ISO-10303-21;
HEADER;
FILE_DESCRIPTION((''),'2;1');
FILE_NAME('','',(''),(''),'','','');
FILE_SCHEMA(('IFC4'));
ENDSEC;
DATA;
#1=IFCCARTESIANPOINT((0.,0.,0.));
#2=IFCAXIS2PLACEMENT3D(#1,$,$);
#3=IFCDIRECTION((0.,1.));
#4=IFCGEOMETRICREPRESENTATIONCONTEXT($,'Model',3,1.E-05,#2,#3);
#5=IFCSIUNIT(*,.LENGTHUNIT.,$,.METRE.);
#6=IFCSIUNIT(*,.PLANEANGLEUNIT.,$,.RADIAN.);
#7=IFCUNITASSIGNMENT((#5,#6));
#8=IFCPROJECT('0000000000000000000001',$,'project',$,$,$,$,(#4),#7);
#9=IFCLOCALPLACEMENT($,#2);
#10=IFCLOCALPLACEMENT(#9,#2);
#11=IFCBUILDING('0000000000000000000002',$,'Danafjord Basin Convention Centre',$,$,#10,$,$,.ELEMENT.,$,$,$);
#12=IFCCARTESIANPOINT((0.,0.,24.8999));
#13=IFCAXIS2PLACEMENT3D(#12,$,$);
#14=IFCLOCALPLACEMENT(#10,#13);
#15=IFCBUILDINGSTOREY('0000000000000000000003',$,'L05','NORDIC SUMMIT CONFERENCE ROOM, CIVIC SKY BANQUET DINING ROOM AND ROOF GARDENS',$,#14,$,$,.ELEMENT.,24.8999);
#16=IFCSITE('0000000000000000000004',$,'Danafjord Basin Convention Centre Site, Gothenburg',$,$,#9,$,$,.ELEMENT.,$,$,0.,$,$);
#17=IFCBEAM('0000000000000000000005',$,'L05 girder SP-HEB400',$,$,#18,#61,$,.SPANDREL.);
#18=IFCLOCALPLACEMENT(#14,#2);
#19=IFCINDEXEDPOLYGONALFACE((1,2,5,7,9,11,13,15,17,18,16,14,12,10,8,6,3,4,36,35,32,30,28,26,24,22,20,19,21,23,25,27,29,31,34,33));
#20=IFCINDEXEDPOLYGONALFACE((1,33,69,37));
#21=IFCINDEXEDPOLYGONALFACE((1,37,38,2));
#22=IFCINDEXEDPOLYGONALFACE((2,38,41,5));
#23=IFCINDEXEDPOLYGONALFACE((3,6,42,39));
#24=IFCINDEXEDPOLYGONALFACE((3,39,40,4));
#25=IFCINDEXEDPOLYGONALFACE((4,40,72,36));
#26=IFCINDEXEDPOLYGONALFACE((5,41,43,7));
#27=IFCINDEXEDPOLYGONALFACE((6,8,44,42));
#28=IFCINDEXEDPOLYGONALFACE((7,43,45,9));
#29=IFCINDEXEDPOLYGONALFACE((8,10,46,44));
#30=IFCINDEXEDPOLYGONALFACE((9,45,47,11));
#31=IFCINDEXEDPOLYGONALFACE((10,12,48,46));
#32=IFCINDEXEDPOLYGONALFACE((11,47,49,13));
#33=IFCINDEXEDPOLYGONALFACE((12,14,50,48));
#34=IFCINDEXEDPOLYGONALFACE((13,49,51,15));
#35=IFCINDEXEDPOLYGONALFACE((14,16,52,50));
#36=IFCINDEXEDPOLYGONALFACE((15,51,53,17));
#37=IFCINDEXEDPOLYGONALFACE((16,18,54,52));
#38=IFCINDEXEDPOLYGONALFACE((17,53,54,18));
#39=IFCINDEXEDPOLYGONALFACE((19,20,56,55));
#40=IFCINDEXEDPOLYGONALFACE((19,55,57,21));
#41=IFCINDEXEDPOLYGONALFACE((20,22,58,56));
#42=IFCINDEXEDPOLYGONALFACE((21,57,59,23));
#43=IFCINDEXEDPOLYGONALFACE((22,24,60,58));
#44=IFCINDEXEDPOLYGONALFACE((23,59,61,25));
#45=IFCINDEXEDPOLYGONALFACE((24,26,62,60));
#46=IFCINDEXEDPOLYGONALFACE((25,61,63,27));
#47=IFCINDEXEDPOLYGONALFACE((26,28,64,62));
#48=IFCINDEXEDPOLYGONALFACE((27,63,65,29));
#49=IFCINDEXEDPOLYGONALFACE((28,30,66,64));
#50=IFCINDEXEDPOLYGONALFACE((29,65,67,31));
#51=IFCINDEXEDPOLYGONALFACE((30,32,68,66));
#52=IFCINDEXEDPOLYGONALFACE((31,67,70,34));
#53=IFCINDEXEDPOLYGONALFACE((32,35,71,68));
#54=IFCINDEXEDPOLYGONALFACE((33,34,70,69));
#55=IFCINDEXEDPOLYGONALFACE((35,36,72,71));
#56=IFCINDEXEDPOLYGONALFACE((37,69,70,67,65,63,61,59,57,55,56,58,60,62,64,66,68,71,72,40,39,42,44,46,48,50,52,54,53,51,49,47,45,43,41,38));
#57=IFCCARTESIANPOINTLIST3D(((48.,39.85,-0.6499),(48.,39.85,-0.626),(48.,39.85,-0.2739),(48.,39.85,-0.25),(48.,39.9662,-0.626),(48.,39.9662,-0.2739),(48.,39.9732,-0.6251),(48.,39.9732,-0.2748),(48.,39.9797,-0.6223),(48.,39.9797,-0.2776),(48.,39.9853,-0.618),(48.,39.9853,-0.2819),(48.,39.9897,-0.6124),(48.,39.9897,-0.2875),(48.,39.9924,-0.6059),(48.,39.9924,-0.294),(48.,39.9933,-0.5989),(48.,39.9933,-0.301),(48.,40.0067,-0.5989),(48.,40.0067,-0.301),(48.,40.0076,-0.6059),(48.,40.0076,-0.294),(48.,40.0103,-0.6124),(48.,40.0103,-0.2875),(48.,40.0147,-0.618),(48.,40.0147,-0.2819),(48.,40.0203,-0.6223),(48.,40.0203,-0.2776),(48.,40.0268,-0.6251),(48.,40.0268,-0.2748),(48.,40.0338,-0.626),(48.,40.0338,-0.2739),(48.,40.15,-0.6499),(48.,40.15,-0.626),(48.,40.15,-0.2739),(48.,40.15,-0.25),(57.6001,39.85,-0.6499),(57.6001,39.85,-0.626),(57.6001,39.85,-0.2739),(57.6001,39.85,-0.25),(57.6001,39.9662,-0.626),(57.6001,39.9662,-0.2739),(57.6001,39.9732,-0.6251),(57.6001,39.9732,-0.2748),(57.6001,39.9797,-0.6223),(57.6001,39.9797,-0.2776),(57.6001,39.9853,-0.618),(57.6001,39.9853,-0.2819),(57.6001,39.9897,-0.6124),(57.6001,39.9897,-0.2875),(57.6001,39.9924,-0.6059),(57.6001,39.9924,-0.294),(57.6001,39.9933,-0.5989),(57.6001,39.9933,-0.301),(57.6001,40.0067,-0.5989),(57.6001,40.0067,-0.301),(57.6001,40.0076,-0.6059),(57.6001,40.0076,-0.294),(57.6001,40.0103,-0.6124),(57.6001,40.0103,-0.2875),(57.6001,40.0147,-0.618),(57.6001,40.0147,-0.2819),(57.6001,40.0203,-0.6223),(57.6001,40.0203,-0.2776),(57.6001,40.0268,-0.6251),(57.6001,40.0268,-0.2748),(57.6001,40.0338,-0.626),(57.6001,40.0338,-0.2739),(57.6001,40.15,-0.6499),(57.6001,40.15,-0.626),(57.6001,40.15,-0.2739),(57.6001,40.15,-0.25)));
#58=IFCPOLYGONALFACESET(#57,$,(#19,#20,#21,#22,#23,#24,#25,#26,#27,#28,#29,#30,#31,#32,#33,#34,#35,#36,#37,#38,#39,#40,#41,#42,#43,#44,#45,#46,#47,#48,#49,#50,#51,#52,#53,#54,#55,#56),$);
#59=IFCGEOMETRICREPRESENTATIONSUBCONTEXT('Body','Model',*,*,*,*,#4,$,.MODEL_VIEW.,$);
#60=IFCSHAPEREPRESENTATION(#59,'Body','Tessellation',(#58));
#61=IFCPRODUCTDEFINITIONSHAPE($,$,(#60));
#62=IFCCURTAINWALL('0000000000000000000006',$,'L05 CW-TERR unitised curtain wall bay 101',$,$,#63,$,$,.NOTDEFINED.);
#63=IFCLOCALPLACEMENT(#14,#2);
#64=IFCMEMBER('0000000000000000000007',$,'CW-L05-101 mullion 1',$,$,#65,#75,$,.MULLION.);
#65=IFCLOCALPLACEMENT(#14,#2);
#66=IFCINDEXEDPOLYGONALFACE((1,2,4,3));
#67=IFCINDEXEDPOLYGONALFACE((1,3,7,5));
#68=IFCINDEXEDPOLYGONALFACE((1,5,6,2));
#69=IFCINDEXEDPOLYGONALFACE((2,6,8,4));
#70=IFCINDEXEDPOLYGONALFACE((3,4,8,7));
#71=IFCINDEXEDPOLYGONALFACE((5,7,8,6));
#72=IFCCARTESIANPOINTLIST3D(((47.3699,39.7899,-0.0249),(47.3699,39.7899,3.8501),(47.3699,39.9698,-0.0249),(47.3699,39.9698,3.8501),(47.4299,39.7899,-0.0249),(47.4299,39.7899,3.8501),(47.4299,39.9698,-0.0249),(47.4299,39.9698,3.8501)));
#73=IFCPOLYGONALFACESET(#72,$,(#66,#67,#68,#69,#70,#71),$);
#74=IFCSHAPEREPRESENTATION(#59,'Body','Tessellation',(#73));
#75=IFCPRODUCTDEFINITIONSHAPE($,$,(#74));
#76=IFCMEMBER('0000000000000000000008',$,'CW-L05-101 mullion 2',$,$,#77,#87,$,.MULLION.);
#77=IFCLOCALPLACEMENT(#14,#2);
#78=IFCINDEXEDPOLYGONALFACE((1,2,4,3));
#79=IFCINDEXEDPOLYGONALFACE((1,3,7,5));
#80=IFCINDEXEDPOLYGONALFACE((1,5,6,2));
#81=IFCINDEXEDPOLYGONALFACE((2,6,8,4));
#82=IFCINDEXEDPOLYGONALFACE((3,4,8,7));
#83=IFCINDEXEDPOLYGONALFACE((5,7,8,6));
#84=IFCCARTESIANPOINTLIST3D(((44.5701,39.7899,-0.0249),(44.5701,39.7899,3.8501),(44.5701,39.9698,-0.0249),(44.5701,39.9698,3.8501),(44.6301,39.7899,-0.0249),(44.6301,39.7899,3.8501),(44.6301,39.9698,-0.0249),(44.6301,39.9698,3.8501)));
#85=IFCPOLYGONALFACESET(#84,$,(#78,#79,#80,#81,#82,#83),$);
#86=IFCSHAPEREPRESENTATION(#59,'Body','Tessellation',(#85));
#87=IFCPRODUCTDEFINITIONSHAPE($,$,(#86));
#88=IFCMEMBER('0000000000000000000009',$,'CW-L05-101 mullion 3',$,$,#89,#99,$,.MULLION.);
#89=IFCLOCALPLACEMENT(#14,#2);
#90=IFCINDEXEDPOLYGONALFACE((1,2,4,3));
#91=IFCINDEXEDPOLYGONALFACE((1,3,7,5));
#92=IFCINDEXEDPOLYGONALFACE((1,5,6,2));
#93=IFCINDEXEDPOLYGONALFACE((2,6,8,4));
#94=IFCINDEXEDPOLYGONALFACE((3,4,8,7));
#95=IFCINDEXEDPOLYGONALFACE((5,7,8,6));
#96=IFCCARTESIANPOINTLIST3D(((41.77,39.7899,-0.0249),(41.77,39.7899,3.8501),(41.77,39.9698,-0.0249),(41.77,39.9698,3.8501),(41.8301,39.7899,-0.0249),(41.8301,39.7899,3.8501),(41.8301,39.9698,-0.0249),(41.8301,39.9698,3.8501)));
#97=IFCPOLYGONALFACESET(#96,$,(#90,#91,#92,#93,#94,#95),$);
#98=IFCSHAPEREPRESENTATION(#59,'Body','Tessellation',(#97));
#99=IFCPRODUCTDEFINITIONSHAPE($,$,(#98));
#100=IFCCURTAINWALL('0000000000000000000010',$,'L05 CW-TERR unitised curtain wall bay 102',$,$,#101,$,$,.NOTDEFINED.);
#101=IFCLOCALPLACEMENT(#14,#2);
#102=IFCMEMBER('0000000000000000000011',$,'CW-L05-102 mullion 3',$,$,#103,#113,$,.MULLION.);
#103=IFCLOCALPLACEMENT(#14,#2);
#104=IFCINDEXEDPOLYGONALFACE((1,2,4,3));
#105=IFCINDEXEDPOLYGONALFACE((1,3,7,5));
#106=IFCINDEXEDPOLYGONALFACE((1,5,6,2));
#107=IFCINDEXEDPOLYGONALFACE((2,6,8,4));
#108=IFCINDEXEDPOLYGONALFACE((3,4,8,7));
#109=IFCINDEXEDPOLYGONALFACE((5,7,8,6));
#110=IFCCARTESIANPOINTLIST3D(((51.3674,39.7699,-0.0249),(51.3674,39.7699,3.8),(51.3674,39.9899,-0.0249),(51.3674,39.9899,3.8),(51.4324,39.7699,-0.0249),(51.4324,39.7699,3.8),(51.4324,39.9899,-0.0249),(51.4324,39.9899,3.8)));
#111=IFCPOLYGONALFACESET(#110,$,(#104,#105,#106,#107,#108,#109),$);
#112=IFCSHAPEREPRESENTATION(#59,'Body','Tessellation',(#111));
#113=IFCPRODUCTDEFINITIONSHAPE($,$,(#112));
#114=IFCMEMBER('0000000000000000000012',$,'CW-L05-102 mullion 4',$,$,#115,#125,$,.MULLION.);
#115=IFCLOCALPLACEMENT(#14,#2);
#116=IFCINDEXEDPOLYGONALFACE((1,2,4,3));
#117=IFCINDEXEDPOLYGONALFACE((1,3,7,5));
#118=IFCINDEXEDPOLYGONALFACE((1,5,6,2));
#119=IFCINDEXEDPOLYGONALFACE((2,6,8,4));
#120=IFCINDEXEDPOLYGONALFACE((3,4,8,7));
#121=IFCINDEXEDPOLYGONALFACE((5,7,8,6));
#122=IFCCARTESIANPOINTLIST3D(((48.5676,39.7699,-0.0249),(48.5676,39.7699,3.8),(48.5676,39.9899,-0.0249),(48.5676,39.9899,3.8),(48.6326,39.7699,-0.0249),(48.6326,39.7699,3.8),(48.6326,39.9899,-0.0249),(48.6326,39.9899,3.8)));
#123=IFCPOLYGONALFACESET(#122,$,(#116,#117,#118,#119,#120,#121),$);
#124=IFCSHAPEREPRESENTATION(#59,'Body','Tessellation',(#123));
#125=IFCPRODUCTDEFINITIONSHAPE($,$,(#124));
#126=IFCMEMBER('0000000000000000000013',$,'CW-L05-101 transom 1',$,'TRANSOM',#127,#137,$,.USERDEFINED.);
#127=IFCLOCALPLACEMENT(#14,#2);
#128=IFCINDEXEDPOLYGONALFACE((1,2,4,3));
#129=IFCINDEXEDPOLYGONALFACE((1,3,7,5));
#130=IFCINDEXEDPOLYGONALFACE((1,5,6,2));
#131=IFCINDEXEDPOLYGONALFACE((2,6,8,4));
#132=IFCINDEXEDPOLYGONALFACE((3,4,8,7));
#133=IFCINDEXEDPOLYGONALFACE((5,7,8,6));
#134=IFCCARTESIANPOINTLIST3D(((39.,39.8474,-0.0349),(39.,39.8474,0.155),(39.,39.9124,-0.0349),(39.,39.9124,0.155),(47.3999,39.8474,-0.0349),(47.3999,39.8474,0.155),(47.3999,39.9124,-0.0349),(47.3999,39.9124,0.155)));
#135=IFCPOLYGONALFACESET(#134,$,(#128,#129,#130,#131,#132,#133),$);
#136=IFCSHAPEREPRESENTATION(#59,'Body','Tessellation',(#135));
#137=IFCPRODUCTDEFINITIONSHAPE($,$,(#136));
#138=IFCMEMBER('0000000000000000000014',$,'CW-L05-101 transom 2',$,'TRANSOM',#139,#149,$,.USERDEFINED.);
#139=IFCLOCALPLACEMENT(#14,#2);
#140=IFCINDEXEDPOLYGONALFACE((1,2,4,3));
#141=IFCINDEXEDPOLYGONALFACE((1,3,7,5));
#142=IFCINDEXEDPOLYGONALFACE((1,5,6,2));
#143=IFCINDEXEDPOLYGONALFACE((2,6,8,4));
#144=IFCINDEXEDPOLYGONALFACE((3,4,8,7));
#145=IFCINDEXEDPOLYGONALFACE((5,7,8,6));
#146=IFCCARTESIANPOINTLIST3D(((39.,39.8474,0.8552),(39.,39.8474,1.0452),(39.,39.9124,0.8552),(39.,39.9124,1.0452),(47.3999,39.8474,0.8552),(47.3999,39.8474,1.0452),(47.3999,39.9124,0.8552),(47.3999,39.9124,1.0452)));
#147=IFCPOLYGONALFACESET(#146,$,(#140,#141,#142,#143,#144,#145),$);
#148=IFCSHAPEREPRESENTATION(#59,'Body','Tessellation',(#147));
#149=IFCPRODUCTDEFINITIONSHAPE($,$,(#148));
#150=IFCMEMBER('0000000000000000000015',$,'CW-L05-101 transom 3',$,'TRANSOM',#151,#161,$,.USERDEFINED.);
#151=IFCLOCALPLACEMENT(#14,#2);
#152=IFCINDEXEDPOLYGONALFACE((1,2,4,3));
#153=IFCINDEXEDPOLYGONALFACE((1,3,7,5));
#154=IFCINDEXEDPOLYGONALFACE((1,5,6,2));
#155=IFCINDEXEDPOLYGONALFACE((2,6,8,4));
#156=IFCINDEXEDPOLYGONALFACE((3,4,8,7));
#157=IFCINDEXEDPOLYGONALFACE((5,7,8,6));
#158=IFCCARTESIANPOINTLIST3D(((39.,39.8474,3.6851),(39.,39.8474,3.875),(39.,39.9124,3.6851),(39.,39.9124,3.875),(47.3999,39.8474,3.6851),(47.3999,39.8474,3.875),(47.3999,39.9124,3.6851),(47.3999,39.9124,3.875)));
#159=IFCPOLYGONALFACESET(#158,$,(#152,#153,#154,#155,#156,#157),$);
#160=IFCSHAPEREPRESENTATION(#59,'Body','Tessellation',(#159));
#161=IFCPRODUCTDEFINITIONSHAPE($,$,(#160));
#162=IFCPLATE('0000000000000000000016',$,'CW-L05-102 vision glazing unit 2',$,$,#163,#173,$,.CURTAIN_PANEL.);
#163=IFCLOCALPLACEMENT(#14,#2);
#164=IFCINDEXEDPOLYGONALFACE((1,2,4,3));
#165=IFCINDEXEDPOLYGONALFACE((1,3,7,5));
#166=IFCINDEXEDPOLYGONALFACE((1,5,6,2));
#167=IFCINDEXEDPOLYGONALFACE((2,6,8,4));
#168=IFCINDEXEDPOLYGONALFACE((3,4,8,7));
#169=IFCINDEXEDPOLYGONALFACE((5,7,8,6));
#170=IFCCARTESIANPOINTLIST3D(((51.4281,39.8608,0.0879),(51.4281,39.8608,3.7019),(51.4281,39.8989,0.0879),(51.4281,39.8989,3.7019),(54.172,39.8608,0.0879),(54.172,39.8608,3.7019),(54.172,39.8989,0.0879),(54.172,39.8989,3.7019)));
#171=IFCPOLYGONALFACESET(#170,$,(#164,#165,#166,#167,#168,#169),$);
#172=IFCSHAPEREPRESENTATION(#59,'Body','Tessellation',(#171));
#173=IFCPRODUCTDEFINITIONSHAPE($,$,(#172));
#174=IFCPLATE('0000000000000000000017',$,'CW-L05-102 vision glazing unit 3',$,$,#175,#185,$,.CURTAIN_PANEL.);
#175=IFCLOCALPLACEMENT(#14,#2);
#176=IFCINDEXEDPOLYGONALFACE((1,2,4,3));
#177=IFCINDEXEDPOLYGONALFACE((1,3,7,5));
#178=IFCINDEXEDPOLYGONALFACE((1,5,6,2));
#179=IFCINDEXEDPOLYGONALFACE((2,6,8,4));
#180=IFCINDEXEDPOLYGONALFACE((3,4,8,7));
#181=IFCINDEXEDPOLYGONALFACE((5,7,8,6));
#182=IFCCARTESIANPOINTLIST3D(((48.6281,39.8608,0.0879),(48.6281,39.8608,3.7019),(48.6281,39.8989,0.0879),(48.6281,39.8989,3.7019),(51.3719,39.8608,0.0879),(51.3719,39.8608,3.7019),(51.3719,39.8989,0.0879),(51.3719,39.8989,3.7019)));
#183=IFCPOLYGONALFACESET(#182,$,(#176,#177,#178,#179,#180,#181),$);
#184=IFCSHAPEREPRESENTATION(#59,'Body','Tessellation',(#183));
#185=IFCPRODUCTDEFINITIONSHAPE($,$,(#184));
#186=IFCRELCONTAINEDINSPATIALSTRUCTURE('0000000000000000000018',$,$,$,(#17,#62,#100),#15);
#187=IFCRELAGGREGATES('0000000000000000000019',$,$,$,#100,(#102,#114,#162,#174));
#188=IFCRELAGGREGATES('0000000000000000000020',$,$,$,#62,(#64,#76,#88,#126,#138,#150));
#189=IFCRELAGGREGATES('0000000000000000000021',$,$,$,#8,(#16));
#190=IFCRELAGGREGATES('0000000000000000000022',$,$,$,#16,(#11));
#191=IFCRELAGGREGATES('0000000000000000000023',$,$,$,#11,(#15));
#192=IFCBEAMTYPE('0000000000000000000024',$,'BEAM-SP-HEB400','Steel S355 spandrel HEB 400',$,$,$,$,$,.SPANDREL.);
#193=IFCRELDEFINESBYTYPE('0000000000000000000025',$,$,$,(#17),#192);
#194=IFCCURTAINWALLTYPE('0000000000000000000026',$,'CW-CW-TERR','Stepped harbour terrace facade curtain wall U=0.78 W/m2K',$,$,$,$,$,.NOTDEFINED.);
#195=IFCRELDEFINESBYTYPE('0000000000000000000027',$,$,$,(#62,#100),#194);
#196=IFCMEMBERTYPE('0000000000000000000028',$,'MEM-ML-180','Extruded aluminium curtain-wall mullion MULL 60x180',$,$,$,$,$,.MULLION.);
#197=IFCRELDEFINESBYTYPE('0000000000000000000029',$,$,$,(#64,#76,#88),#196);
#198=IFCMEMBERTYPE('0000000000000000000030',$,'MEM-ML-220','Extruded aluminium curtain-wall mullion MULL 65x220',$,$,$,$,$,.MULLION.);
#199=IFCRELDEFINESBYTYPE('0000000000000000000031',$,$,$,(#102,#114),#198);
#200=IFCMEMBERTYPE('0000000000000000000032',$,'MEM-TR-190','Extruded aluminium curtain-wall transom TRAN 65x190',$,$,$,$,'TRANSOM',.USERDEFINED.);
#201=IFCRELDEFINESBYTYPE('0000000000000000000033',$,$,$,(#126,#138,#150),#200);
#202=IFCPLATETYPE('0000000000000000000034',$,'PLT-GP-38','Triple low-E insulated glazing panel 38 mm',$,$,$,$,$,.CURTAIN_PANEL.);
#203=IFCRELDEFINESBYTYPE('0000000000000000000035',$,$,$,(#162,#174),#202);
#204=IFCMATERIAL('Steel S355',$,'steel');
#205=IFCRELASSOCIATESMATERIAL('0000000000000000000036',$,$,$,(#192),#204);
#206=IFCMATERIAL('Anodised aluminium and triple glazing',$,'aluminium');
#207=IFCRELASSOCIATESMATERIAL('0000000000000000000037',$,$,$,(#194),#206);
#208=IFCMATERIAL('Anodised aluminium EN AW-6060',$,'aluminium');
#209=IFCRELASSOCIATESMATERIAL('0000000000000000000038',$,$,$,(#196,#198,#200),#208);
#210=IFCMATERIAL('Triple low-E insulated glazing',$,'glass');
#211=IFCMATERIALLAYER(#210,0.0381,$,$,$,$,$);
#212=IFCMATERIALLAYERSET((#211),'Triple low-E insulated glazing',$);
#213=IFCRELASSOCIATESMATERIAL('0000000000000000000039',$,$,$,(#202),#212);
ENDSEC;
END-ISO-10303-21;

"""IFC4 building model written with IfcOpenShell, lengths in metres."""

from ifc_helpers import new_model, si_unit, direction, frame, origin, origin_2d, place, context, subcontext, project, spatial, rectangle, i_section, extrude, material, layer, layer_set, material_profile, profile_set, type_object, element, aggregate, save


model = new_model("IFC4")

# Units and contexts
model_context = context("Model", 3, precision=1e-05, world=origin(), true_north=direction((0.0, 1.0)))
body_context = subcontext(model_context, "Body", "Model", "MODEL_VIEW")
ifc_project = project(units=[si_unit("LENGTHUNIT", "METRE"), si_unit("PLANEANGLEUNIT", "RADIAN")], contexts=[model_context])

# Site, building, storey
site_placement = place(None, origin())
site = spatial("IfcSite", under=ifc_project, at=site_placement, Name="Danafjord Basin Convention Centre Site, Gothenburg", CompositionType="ELEMENT", RefElevation=0.0)
building_placement = place(site_placement, origin())
building = spatial("IfcBuilding", under=site, at=building_placement, Name="Danafjord Basin Convention Centre", CompositionType="ELEMENT")
storey_placement = place(building_placement, frame((0.0, 0.0, 24.8999)))
storey = spatial("IfcBuildingStorey", under=building, at=storey_placement, Name="L05", Description="NORDIC SUMMIT CONFERENCE ROOM, CIVIC SKY BANQUET DINING ROOM AND ROOF GARDENS", CompositionType="ELEMENT", Elevation=24.8999)

# Shared definitions
ifc_material_1 = material(Name="Steel S355", Category="steel")

# Beam
ifc_material_profile_1 = material_profile(ifc_material_1, i_section(OverallWidth=0.3, OverallDepth=0.3999, WebThickness=0.0134, FlangeThickness=0.0239, FilletRadius=0.0271, at=origin_2d()), Name="HEB 400")
ifc_profile_set_1 = profile_set([ifc_material_profile_1], Name="Steel S355")
beam_type_1 = type_object("IfcBeamType", Name="BEAM-SP-HEB400", Description="Steel S355 spandrel HEB 400", PredefinedType="SPANDREL", material=ifc_profile_set_1)
beam_1_placement = place(storey_placement, frame((48.0, 40.0, -0.45), z_axis=(1.0, 0.0, 0.0), x_axis=(0.0, 1.0, 0.0)))
element("IfcBeam", 1, at=beam_1_placement, inside=storey, type_object=beam_type_1, Name="L05 girder SP-HEB400", PredefinedType="SPANDREL", context=body_context, shape_type="SweptSolid", body=[
    extrude(i_section(OverallWidth=0.3, OverallDepth=0.3999, WebThickness=0.0134, FlangeThickness=0.0239, FilletRadius=0.0271, at=origin_2d()), origin(), (0.0, 0.0, 1.0), 9.6001),
])

# Curtain walls, members
ifc_material_2 = material(Name="Anodised aluminium and triple glazing", Category="aluminium")
curtain_wall_type = type_object("IfcCurtainWallType", Name="CW-CW-TERR", Description="Stepped harbour terrace facade curtain wall U=0.78 W/m2K", PredefinedType="NOTDEFINED", material=ifc_material_2)
curtain_wall_1_placement = place(storey_placement, origin())
curtain_wall_1 = element("IfcCurtainWall", 2, at=curtain_wall_1_placement, inside=storey, type_object=curtain_wall_type, Name="L05 CW-TERR unitised curtain wall bay 101", PredefinedType="NOTDEFINED")
ifc_material_3 = material(Name="Anodised aluminium EN AW-6060", Category="aluminium")
ifc_material_profile_2 = material_profile(ifc_material_3, rectangle(XDim=0.0601, YDim=0.1799, at=origin_2d()), Name="MULL 60x180")
ifc_profile_set_2 = profile_set([ifc_material_profile_2], Name="Anodised aluminium EN AW-6060")
member_type_1 = type_object("IfcMemberType", Name="MEM-ML-180", Description="Extruded aluminium curtain-wall mullion MULL 60x180", PredefinedType="MULLION", material=ifc_profile_set_2)
member_1_placement = place(storey_placement, frame((47.3999, 39.8799, -0.0249), z_axis=(0.0, 0.0, 1.0), x_axis=(-1.0, 0.0, 0.0)))
member_1 = element("IfcMember", 3, at=member_1_placement, type_object=member_type_1, Name="CW-L05-101 mullion 1", PredefinedType="MULLION", context=body_context, shape_type="SweptSolid", body=[
    extrude(rectangle(XDim=0.0601, YDim=0.1799, at=origin_2d()), origin(), (0.0, 0.0, 1.0), 3.875),
])
member_2_placement = place(storey_placement, frame((44.6001, 39.8799, -0.0249), z_axis=(0.0, 0.0, 1.0), x_axis=(-1.0, 0.0, 0.0)))
member_2 = element("IfcMember", 4, at=member_2_placement, type_object=member_type_1, Name="CW-L05-101 mullion 2", PredefinedType="MULLION", context=body_context, shape_type="SweptSolid", body=[
    extrude(rectangle(XDim=0.0601, YDim=0.1799, at=origin_2d()), origin(), (0.0, 0.0, 1.0), 3.875),
])
member_3_placement = place(storey_placement, frame((41.8, 39.8799, -0.0249), z_axis=(0.0, 0.0, 1.0), x_axis=(-1.0, 0.0, 0.0)))
member_3 = element("IfcMember", 5, at=member_3_placement, type_object=member_type_1, Name="CW-L05-101 mullion 3", PredefinedType="MULLION", context=body_context, shape_type="SweptSolid", body=[
    extrude(rectangle(XDim=0.0601, YDim=0.1799, at=origin_2d()), origin(), (0.0, 0.0, 1.0), 3.875),
])
curtain_wall_2_placement = place(storey_placement, origin())
curtain_wall_2 = element("IfcCurtainWall", 6, at=curtain_wall_2_placement, inside=storey, type_object=curtain_wall_type, Name="L05 CW-TERR unitised curtain wall bay 102", PredefinedType="NOTDEFINED")
ifc_material_profile_3 = material_profile(ifc_material_3, rectangle(XDim=0.0649, YDim=0.22, at=origin_2d()), Name="MULL 65x220")
ifc_profile_set_3 = profile_set([ifc_material_profile_3], Name="Anodised aluminium EN AW-6060")
member_type_2 = type_object("IfcMemberType", Name="MEM-ML-220", Description="Extruded aluminium curtain-wall mullion MULL 65x220", PredefinedType="MULLION", material=ifc_profile_set_3)
member_4_placement = place(storey_placement, frame((51.3999, 39.8799, -0.0249), z_axis=(0.0, 0.0, 1.0), x_axis=(-1.0, 0.0, 0.0)))
member_4 = element("IfcMember", 7, at=member_4_placement, type_object=member_type_2, Name="CW-L05-102 mullion 3", PredefinedType="MULLION", context=body_context, shape_type="SweptSolid", body=[
    extrude(rectangle(XDim=0.0649, YDim=0.22, at=origin_2d()), origin(), (0.0, 0.0, 1.0), 3.825),
])
member_5_placement = place(storey_placement, frame((48.6001, 39.8799, -0.0249), z_axis=(0.0, 0.0, 1.0), x_axis=(-1.0, 0.0, 0.0)))
member_5 = element("IfcMember", 8, at=member_5_placement, type_object=member_type_2, Name="CW-L05-102 mullion 4", PredefinedType="MULLION", context=body_context, shape_type="SweptSolid", body=[
    extrude(rectangle(XDim=0.0649, YDim=0.22, at=origin_2d()), origin(), (0.0, 0.0, 1.0), 3.825),
])

# Members
ifc_material_profile_4 = material_profile(ifc_material_3, rectangle(XDim=0.0649, YDim=0.1899, at=origin_2d()), Name="TRAN 65x190")
ifc_profile_set_4 = profile_set([ifc_material_profile_4], Name="Anodised aluminium EN AW-6060")
member_type_3 = type_object("IfcMemberType", Name="MEM-TR-190", Description="Extruded aluminium curtain-wall transom TRAN 65x190", ElementType="TRANSOM", PredefinedType="USERDEFINED", material=ifc_profile_set_4)
member_6_placement = place(storey_placement, frame((47.3999, 39.8799, 0.0601), z_axis=(-1.0, 0.0, 0.0), x_axis=(0.0, -1.0, 0.0)))
member_6 = element("IfcMember", 9, at=member_6_placement, type_object=member_type_3, Name="CW-L05-101 transom 1", ObjectType="TRANSOM", PredefinedType="USERDEFINED", context=body_context, shape_type="SweptSolid", body=[
    extrude(rectangle(XDim=0.0649, YDim=0.1899, at=origin_2d()), origin(), (0.0, 0.0, 1.0), 8.3999),
])
member_7_placement = place(storey_placement, frame((47.3999, 39.8799, 0.9502), z_axis=(-1.0, 0.0, 0.0), x_axis=(0.0, -1.0, 0.0)))
member_7 = element("IfcMember", 10, at=member_7_placement, type_object=member_type_3, Name="CW-L05-101 transom 2", ObjectType="TRANSOM", PredefinedType="USERDEFINED", context=body_context, shape_type="SweptSolid", body=[
    extrude(rectangle(XDim=0.0649, YDim=0.1899, at=origin_2d()), origin(), (0.0, 0.0, 1.0), 8.3999),
])
member_8_placement = place(storey_placement, frame((47.3999, 39.8799, 3.78), z_axis=(-1.0, 0.0, 0.0), x_axis=(0.0, -1.0, 0.0)))
member_8 = element("IfcMember", 11, at=member_8_placement, type_object=member_type_3, Name="CW-L05-101 transom 3", ObjectType="TRANSOM", PredefinedType="USERDEFINED", context=body_context, shape_type="SweptSolid", body=[
    extrude(rectangle(XDim=0.0649, YDim=0.1899, at=origin_2d()), origin(), (0.0, 0.0, 1.0), 8.3999),
])

# Plates
ifc_material_4 = material(Name="Triple low-E insulated glazing", Category="glass")
ifc_layer_1 = layer(ifc_material_4, 0.0381)
ifc_layer_set_1 = layer_set([ifc_layer_1], Name="Triple low-E insulated glazing")
plate_type_1 = type_object("IfcPlateType", Name="PLT-GP-38", Description="Triple low-E insulated glazing panel 38 mm", PredefinedType="CURTAIN_PANEL", material=ifc_layer_set_1)
plate_1_placement = place(storey_placement, frame((52.8, 39.8799, 0.0879), z_axis=(0.0, 0.0, 1.0), x_axis=(-1.0, 0.0, 0.0)))
plate_1 = element("IfcPlate", 12, at=plate_1_placement, type_object=plate_type_1, Name="CW-L05-102 vision glazing unit 2", PredefinedType="CURTAIN_PANEL", context=body_context, shape_type="SweptSolid", body=[
    extrude(rectangle(XDim=2.7439, YDim=0.0381, at=origin_2d()), origin(), (0.0, 0.0, 1.0), 3.614),
])
plate_2_placement = place(storey_placement, frame((50.0, 39.8799, 0.0879), z_axis=(0.0, 0.0, 1.0), x_axis=(-1.0, 0.0, 0.0)))
plate_2 = element("IfcPlate", 13, at=plate_2_placement, type_object=plate_type_1, Name="CW-L05-102 vision glazing unit 3", PredefinedType="CURTAIN_PANEL", context=body_context, shape_type="SweptSolid", body=[
    extrude(rectangle(XDim=2.7439, YDim=0.0381, at=origin_2d()), origin(), (0.0, 0.0, 1.0), 3.614),
])
aggregate(curtain_wall_2, [member_4, member_5, plate_1, plate_2])
aggregate(curtain_wall_1, [member_1, member_2, member_3, member_6, member_7, member_8])

save(model, "model.ifc")
